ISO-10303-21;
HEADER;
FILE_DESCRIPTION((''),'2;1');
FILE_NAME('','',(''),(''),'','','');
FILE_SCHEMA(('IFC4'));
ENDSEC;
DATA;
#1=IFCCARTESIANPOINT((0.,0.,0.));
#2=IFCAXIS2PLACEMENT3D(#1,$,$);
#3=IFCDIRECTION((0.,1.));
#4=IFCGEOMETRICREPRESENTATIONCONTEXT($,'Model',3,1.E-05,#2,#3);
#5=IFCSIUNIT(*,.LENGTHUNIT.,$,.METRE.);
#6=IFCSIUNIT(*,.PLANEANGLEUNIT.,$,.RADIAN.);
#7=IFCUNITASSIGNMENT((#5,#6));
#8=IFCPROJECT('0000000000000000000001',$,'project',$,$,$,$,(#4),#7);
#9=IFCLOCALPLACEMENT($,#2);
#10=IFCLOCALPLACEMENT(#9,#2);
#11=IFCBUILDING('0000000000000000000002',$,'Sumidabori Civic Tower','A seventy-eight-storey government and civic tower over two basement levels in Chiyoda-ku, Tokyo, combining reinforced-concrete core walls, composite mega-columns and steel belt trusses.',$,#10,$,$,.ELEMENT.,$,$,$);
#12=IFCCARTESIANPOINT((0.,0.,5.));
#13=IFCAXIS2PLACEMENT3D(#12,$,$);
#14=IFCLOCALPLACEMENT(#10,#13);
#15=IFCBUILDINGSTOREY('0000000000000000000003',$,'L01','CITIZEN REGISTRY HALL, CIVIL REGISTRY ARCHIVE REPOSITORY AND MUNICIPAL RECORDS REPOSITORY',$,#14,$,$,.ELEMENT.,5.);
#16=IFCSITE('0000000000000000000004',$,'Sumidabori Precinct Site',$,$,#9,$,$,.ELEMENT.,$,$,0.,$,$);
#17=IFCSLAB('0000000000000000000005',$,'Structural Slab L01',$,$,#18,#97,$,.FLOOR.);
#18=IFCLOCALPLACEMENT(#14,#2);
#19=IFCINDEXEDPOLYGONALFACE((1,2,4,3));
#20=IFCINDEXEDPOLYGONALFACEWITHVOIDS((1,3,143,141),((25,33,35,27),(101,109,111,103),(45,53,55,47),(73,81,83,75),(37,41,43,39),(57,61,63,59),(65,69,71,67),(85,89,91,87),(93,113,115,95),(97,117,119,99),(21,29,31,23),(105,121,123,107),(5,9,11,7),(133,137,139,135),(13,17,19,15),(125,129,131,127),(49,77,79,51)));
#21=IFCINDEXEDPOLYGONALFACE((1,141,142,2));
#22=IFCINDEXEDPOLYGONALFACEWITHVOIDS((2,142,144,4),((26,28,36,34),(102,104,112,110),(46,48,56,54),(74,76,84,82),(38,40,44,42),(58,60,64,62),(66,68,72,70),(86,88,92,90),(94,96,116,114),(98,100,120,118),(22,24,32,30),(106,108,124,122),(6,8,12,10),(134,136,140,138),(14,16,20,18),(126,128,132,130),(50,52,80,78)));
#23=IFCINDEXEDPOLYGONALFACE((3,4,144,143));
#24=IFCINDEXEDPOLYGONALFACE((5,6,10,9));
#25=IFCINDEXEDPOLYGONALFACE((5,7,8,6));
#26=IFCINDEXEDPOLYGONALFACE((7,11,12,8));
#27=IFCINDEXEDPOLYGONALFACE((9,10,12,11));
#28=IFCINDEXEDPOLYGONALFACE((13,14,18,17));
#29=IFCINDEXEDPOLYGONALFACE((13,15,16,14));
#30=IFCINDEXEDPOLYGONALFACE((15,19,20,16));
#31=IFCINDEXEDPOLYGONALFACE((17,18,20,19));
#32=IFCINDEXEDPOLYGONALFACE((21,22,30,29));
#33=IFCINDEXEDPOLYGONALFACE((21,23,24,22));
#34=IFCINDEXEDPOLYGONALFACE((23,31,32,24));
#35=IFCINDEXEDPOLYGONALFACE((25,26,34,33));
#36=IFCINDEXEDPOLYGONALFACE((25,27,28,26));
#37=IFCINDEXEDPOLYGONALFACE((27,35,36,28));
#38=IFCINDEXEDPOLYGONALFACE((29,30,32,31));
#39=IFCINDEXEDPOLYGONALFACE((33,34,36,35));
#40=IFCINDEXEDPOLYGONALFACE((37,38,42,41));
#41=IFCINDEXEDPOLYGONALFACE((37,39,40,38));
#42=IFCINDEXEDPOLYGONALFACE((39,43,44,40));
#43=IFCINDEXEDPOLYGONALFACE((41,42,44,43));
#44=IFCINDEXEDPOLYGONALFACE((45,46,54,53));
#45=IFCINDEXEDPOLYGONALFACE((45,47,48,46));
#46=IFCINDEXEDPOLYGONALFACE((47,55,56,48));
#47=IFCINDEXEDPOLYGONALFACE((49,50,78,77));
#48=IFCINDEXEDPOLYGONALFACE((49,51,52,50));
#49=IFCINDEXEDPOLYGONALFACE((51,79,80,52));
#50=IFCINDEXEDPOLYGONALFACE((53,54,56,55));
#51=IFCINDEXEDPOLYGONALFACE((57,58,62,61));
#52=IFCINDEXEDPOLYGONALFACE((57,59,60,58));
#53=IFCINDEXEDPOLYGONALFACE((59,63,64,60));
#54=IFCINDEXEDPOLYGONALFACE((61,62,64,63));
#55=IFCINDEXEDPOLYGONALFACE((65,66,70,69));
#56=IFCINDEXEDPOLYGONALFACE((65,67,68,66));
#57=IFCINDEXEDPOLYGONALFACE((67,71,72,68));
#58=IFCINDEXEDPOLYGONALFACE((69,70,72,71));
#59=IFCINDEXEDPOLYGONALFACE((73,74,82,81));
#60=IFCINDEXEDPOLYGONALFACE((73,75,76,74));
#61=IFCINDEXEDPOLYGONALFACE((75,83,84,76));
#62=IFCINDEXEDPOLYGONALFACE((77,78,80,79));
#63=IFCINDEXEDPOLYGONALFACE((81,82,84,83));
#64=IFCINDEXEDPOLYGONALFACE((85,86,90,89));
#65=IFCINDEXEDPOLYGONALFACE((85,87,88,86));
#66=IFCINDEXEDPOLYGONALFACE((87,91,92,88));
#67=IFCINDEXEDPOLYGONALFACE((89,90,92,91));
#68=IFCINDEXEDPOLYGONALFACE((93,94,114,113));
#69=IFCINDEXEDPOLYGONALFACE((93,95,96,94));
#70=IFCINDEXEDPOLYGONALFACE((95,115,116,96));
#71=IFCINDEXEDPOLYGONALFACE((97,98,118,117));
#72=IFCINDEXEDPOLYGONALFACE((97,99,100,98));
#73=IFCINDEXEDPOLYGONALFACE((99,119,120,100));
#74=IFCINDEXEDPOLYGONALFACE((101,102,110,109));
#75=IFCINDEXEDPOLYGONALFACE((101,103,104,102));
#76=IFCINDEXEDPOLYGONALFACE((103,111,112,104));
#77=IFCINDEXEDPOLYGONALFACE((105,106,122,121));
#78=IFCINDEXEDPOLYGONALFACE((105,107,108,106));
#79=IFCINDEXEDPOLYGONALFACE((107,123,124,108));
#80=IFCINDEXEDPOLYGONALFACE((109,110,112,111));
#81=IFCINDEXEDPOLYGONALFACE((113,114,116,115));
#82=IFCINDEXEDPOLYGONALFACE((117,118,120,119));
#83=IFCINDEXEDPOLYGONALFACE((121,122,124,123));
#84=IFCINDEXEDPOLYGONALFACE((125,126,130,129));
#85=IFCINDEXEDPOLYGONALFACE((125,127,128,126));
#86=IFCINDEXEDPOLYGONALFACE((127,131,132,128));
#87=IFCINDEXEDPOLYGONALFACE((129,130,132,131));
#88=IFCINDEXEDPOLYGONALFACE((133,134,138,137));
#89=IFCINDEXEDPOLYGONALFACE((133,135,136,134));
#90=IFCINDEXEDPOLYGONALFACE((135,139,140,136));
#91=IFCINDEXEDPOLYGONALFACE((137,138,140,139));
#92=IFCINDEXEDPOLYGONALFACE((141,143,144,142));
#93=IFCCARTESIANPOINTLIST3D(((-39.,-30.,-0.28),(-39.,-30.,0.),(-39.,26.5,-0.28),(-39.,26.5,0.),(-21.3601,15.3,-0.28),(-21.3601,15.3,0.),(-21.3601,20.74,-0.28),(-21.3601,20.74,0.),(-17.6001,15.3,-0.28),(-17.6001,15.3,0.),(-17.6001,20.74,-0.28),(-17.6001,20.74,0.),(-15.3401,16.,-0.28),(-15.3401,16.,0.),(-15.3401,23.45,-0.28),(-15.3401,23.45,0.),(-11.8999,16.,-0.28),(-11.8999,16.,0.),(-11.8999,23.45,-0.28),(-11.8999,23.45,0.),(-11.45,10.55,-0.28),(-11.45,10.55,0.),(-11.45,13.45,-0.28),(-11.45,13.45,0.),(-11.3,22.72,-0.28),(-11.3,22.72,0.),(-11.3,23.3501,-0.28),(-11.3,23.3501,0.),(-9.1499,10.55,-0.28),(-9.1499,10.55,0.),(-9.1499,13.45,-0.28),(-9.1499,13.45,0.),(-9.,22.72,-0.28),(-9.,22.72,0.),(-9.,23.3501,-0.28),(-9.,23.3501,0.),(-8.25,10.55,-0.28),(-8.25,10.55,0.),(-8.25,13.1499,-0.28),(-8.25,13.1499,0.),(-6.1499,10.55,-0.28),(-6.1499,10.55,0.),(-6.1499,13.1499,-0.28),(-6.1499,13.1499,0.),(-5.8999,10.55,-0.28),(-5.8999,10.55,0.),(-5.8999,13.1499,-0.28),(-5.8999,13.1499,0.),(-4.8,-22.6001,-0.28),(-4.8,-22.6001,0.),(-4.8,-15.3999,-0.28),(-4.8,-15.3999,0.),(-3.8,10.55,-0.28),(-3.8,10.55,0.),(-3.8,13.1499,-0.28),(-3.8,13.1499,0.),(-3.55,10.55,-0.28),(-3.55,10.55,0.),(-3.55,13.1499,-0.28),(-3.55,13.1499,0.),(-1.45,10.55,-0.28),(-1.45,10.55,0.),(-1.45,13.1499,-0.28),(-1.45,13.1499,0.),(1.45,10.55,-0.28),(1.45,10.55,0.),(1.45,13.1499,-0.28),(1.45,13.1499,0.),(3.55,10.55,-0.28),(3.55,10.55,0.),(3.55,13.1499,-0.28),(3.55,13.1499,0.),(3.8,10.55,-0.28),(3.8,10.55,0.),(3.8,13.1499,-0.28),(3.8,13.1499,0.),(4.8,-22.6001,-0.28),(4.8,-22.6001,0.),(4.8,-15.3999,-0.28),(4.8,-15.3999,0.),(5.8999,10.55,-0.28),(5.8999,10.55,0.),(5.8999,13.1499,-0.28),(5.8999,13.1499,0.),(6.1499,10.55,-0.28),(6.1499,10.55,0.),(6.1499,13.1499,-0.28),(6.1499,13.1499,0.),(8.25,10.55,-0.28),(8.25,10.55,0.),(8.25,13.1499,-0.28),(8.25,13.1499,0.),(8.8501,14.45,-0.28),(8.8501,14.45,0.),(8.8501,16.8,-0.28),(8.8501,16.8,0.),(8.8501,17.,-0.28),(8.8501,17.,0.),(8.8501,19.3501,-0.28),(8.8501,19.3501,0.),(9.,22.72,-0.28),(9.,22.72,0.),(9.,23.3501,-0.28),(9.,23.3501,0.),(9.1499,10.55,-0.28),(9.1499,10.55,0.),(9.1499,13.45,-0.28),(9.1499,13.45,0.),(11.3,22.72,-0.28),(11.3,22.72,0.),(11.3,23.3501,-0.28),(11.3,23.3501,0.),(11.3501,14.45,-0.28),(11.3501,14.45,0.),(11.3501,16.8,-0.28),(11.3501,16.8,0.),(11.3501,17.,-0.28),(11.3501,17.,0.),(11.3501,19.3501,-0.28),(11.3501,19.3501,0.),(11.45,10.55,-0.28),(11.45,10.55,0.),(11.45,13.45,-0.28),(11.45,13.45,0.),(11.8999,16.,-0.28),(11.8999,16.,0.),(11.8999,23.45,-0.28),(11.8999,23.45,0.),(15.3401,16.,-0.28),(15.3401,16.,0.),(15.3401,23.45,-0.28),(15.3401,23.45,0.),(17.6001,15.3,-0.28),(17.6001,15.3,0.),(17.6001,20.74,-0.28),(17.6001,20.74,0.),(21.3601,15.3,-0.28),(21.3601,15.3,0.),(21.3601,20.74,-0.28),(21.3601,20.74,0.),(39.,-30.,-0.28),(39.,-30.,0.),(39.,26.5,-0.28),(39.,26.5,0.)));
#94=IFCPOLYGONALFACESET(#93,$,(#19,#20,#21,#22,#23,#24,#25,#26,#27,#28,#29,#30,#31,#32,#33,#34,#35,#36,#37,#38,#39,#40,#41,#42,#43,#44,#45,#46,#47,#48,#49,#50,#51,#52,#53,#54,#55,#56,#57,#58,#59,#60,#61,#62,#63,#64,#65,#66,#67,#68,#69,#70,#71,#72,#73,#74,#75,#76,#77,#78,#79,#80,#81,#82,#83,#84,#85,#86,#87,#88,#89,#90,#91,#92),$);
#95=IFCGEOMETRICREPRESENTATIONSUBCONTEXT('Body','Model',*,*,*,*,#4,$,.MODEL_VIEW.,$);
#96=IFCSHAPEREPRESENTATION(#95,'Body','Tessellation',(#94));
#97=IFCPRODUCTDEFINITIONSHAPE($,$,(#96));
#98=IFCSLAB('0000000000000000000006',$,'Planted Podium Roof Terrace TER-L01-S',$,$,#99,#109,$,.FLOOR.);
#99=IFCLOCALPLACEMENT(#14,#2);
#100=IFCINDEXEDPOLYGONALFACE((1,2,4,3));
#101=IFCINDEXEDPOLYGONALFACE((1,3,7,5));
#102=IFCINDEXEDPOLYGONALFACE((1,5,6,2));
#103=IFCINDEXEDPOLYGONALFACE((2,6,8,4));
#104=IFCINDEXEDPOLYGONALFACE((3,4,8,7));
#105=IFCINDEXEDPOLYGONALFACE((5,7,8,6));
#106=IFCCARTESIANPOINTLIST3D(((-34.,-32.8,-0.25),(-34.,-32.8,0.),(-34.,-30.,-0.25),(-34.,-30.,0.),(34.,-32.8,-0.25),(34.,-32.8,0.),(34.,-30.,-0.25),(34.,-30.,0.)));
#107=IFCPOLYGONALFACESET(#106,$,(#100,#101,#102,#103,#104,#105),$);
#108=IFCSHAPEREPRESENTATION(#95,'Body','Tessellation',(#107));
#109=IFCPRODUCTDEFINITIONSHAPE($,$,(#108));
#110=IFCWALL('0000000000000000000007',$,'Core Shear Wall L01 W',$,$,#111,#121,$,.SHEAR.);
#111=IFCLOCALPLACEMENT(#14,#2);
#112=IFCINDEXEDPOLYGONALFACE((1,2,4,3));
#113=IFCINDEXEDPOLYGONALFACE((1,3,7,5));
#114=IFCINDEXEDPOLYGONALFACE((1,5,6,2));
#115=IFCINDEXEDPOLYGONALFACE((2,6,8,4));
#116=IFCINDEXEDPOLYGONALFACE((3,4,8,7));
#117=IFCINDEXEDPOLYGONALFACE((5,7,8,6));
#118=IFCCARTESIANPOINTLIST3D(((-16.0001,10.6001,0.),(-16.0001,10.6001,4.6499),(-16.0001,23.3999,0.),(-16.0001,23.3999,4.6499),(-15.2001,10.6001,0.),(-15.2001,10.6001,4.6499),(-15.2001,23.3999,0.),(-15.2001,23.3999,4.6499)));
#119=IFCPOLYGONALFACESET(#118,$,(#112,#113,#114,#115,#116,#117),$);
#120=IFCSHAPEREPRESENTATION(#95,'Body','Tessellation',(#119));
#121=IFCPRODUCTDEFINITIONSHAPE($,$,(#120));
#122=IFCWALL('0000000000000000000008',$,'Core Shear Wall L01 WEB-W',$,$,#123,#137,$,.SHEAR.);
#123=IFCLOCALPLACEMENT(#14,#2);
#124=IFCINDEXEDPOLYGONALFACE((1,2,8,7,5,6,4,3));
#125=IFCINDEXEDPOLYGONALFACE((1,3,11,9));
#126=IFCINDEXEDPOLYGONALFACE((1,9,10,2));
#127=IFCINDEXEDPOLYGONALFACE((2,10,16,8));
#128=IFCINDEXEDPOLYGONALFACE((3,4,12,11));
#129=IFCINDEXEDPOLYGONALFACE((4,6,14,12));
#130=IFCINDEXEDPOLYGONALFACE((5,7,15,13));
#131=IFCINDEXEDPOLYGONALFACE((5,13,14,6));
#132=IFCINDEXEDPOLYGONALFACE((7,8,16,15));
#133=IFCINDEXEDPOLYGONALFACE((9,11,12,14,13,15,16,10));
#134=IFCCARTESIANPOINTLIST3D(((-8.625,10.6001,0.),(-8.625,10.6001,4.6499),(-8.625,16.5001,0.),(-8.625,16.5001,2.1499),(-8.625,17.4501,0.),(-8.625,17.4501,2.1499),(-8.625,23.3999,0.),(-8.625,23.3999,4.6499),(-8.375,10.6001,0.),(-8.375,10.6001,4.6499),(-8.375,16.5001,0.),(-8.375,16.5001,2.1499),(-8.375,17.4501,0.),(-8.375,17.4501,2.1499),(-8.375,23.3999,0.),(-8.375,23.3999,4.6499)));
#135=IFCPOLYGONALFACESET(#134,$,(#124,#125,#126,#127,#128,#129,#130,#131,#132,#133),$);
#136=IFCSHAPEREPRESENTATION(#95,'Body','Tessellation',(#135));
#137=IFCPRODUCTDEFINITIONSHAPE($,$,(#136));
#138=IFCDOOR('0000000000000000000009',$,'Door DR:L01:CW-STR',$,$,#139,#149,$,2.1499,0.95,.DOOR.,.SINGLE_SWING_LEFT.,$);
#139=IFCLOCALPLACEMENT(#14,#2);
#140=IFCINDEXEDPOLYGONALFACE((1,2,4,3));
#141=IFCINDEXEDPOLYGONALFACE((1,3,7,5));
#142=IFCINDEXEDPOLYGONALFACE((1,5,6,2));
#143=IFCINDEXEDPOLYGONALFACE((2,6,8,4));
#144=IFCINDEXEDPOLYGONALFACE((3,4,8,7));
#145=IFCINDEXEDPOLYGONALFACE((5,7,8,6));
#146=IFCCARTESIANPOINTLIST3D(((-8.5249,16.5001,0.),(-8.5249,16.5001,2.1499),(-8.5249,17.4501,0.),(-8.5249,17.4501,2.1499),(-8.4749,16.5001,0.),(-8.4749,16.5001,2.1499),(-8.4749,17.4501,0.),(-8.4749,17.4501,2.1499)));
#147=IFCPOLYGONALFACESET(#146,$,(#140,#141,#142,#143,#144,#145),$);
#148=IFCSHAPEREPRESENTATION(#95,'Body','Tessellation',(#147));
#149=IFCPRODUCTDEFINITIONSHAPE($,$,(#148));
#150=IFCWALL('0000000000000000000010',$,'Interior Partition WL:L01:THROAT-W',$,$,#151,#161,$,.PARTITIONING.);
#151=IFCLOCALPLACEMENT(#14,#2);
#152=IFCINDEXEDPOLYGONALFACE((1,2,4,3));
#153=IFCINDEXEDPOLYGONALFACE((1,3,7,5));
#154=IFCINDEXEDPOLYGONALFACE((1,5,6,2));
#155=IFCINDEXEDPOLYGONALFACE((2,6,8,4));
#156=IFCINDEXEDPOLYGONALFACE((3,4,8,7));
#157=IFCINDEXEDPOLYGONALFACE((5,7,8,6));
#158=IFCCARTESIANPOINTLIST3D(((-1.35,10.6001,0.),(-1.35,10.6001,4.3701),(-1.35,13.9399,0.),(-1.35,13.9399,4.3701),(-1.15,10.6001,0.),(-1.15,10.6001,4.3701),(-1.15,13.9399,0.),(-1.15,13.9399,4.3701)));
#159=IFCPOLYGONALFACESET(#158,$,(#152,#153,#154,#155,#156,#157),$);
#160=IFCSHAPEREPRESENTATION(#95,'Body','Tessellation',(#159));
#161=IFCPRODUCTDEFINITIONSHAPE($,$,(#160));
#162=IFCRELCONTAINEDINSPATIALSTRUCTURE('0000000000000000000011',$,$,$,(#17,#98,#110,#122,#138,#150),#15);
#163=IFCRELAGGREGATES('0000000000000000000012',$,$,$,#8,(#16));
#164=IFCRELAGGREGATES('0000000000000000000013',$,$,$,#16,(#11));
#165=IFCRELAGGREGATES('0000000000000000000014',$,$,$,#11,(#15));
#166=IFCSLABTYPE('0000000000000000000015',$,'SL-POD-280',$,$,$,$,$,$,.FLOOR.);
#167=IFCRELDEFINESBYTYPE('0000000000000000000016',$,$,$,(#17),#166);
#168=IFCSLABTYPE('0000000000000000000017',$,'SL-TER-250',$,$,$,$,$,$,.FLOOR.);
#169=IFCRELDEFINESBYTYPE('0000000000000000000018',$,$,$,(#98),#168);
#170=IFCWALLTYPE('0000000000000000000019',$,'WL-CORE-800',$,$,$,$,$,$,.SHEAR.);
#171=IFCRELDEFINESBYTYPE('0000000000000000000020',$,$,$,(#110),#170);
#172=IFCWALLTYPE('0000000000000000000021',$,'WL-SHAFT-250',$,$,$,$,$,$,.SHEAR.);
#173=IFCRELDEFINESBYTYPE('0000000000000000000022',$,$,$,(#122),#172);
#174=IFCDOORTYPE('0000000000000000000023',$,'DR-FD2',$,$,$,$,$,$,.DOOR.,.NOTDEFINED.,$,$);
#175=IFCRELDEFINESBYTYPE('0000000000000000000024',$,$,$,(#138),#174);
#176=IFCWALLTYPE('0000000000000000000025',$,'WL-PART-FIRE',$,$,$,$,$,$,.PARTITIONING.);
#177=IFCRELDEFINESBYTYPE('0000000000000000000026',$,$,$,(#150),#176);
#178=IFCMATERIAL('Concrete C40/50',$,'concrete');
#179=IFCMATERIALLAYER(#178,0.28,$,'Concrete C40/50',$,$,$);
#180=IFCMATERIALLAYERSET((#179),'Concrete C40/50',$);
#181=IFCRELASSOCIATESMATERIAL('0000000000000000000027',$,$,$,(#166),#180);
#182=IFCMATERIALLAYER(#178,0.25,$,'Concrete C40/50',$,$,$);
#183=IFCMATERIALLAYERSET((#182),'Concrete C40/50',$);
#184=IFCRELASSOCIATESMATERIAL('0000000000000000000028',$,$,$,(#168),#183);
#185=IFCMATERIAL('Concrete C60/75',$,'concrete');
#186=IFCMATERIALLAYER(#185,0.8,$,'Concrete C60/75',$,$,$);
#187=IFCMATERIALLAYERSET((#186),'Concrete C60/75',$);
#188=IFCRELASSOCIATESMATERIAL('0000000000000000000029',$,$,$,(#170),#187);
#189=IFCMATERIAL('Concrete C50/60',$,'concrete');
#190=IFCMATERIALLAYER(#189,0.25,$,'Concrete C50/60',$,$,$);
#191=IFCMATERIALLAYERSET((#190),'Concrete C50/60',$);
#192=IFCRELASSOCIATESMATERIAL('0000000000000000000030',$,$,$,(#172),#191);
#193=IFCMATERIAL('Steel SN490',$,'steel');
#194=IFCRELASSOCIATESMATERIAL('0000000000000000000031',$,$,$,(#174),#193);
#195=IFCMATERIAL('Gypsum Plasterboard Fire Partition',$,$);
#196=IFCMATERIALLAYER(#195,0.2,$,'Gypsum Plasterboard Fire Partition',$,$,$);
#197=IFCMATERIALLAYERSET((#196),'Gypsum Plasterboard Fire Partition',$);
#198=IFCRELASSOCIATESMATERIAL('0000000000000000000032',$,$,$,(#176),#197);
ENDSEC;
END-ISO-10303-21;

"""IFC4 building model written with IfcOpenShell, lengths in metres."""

from ifc_helpers import new_model, si_unit, direction, frame, frame_2d, origin, place, context, subcontext, project, spatial, polyline, rectangle, outline, extrude, source, transform, mapped, material, layer, layer_set, type_object, element, fill, save


model = new_model("IFC4")

# Units and contexts
model_context = context("Model", 3, precision=1e-05, world=origin(), true_north=direction((0.0, 1.0)))
body_context = subcontext(model_context, "Body", "Model", "MODEL_VIEW")
ifc_project = project(units=[si_unit("LENGTHUNIT", "METRE"), si_unit("PLANEANGLEUNIT", "RADIAN")], contexts=[model_context])

# Site, building, storey
site_placement = place(None, origin())
site = spatial("IfcSite", under=ifc_project, at=site_placement, Name="Sumidabori Precinct Site", CompositionType="ELEMENT", RefElevation=0.0)
building_placement = place(site_placement, origin())
building = spatial("IfcBuilding", under=site, at=building_placement, Name="Sumidabori Civic Tower", Description="A seventy-eight-storey government and civic tower over two basement levels in Chiyoda-ku, Tokyo, combining reinforced-concrete core walls, composite mega-columns and steel belt trusses.", CompositionType="ELEMENT")
storey_placement = place(building_placement, frame((0.0, 0.0, 5.0)))
storey = spatial("IfcBuildingStorey", under=building, at=storey_placement, Name="L01", Description="CITIZEN REGISTRY HALL, CIVIL REGISTRY ARCHIVE REPOSITORY AND MUNICIPAL RECORDS REPOSITORY", CompositionType="ELEMENT", Elevation=5.0)

# Shared definitions
ifc_material_1 = material(Name="Concrete C50/60", Category="concrete")

# Shared definitions
ifc_material_2 = material(Name="Steel SN490", Category="steel")

# Slabs
ifc_material_3 = material(Name="Concrete C40/50", Category="concrete")
ifc_layer_1 = layer(ifc_material_3, 0.28, Name="Concrete C40/50")
ifc_layer_set_1 = layer_set([ifc_layer_1], Name="Concrete C40/50")
slab_type_1 = type_object("IfcSlabType", Name="SL-POD-280", PredefinedType="FLOOR", material=ifc_layer_set_1)
slab_1_placement = place(storey_placement, frame((0.0, 0.0, -0.28)))
element("IfcSlab", 1, at=slab_1_placement, inside=storey, type_object=slab_type_1, Name="Structural Slab L01", PredefinedType="FLOOR", context=body_context, shape_type="SweptSolid", body=[
    extrude(outline(polyline([(-39.0, -30.0), (39.0, -30.0), (39.0, 26.5), (-39.0, 26.5), (-39.0, -30.0)]), holes=[polyline([(-11.8999, 16.0), (-11.8999, 23.45), (-15.3401, 23.45), (-15.3401, 16.0), (-11.8999, 16.0)]), polyline([(15.3401, 16.0), (15.3401, 23.45), (11.8999, 23.45), (11.8999, 16.0), (15.3401, 16.0)]), polyline([(-17.6001, 15.3), (-17.6001, 20.74), (-21.3601, 20.74), (-21.3601, 15.3), (-17.6001, 15.3)]), polyline([(21.3601, 15.3), (21.3601, 20.74), (17.6001, 20.74), (17.6001, 15.3), (21.3601, 15.3)]), polyline([(-11.45, 10.55), (-9.1499, 10.55), (-9.1499, 13.45), (-11.45, 13.45), (-11.45, 10.55)]), polyline([(9.1499, 10.55), (11.45, 10.55), (11.45, 13.45), (9.1499, 13.45), (9.1499, 10.55)]), polyline([(-8.25, 10.55), (-6.1499, 10.55), (-6.1499, 13.1499), (-8.25, 13.1499), (-8.25, 10.55)]), polyline([(-5.8999, 10.55), (-3.8, 10.55), (-3.8, 13.1499), (-5.8999, 13.1499), (-5.8999, 10.55)]), polyline([(-3.55, 10.55), (-1.45, 10.55), (-1.45, 13.1499), (-3.55, 13.1499), (-3.55, 10.55)]), polyline([(1.45, 10.55), (3.55, 10.55), (3.55, 13.1499), (1.45, 13.1499), (1.45, 10.55)]), polyline([(3.8, 10.55), (5.8999, 10.55), (5.8999, 13.1499), (3.8, 13.1499), (3.8, 10.55)]), polyline([(6.1499, 10.55), (8.25, 10.55), (8.25, 13.1499), (6.1499, 13.1499), (6.1499, 10.55)]), polyline([(8.8501, 14.45), (11.3501, 14.45), (11.3501, 16.8), (8.8501, 16.8), (8.8501, 14.45)]), polyline([(8.8501, 17.0), (11.3501, 17.0), (11.3501, 19.3501), (8.8501, 19.3501), (8.8501, 17.0)]), polyline([(-11.3, 22.72), (-9.0, 22.72), (-9.0, 23.3501), (-11.3, 23.3501), (-11.3, 22.72)]), polyline([(9.0, 22.72), (11.3, 22.72), (11.3, 23.3501), (9.0, 23.3501), (9.0, 22.72)]), polyline([(-4.8, -22.6001), (4.8, -22.6001), (4.8, -15.3999), (-4.8, -15.3999), (-4.8, -22.6001)])]), origin(), (0.0, 0.0, 1.0), 0.28),
])
ifc_layer_2 = layer(ifc_material_3, 0.25, Name="Concrete C40/50")
ifc_layer_set_2 = layer_set([ifc_layer_2], Name="Concrete C40/50")
slab_type_2 = type_object("IfcSlabType", Name="SL-TER-250", PredefinedType="FLOOR", material=ifc_layer_set_2)
slab_2_placement = place(storey_placement, frame((0.0, 0.0, -0.25)))
element("IfcSlab", 2, at=slab_2_placement, inside=storey, type_object=slab_type_2, Name="Planted Podium Roof Terrace TER-L01-S", PredefinedType="FLOOR", context=body_context, shape_type="SweptSolid", body=[
    extrude(outline(polyline([(-34.0, -32.8), (34.0, -32.8), (34.0, -30.0), (-34.0, -30.0), (-34.0, -32.8)])), origin(), (0.0, 0.0, 1.0), 0.25),
])

# Shared definitions
ifc_material_4 = material(Name="Concrete C60/75", Category="concrete")
ifc_layer_3 = layer(ifc_material_4, 0.8, Name="Concrete C60/75")
ifc_layer_set_3 = layer_set([ifc_layer_3], Name="Concrete C60/75")
wall_type_1 = type_object("IfcWallType", Name="WL-CORE-800", PredefinedType="SHEAR", material=ifc_layer_set_3)

# Wall
shared_shape_1 = source(origin(), body_context, "Body", "SweptSolid", [
    extrude(rectangle(XDim=12.7998, YDim=0.8, at=frame_2d((6.3999, 0.0))), origin(), (0.0, 0.0, 1.0), 4.6499),
])
wall_1_placement = place(storey_placement, frame((-15.6001, 10.6001, 0.0), z_axis=(0.0, 0.0, 1.0), x_axis=(0.0, 1.0, 0.0)))
element("IfcWall", 3, at=wall_1_placement, inside=storey, type_object=wall_type_1, Name="Core Shear Wall L01 W", PredefinedType="SHEAR", context=body_context, shape_type="MappedRepresentation", body=[
    mapped(shared_shape_1, transform((0.0, 0.0, 0.0), x_axis=(1.0, 0.0, 0.0), y_axis=(0.0, 1.0, 0.0), z_axis=(0.0, 0.0, 1.0), scale=1.0)),
])

# Wall, opening, door
ifc_layer_4 = layer(ifc_material_1, 0.25, Name="Concrete C50/60")
ifc_layer_set_4 = layer_set([ifc_layer_4], Name="Concrete C50/60")
wall_type_2 = type_object("IfcWallType", Name="WL-SHAFT-250", PredefinedType="SHEAR", material=ifc_layer_set_4)
shared_shape_2 = source(origin(), body_context, "Body", "SweptSolid", [
    extrude(rectangle(XDim=12.7998, YDim=0.25, at=frame_2d((6.3999, 0.0))), origin(), (0.0, 0.0, 1.0), 4.6499),
])
wall_2_placement = place(storey_placement, frame((-8.5, 10.6001, 0.0), z_axis=(0.0, 0.0, 1.0), x_axis=(0.0, 1.0, 0.0)))
wall_2 = element("IfcWall", 4, at=wall_2_placement, inside=storey, type_object=wall_type_2, Name="Core Shear Wall L01 WEB-W", PredefinedType="SHEAR", context=body_context, shape_type="MappedRepresentation", body=[
    mapped(shared_shape_2, transform((0.0, 0.0, 0.0), x_axis=(1.0, 0.0, 0.0), y_axis=(0.0, 1.0, 0.0), z_axis=(0.0, 0.0, 1.0), scale=1.0)),
])
opening_1_placement = place(wall_2_placement, frame((5.8999, 0.0, 0.0)))
opening_1 = element("IfcOpeningElement", 5, at=opening_1_placement, cuts=wall_2, PredefinedType="OPENING", context=body_context, shape_type="SweptSolid", body=[
    extrude(rectangle(XDim=0.95, YDim=2.1499, at=frame_2d((0.4751, 1.075))), frame((0.0, 0.137, 0.0), z_axis=(0.0, -1.0, 0.0), x_axis=(1.0, 0.0, 0.0)), (0.0, 0.0, 1.0), 0.2739),
])
door_type_1 = type_object("IfcDoorType", Name="DR-FD2", OperationType="NOTDEFINED", PredefinedType="DOOR", material=ifc_material_2)
shared_shape_3 = source(origin(), body_context, "Body", "SweptSolid", [
    extrude(rectangle(XDim=0.95, YDim=2.1499, at=frame_2d((0.4751, 1.075))), frame((0.0, 0.0249, 0.0), z_axis=(0.0, -1.0, 0.0), x_axis=(1.0, 0.0, 0.0)), (0.0, 0.0, 1.0), 0.05),
])
door_1_placement = place(opening_1_placement, origin())
door_1 = element("IfcDoor", 6, at=door_1_placement, inside=storey, type_object=door_type_1, Name="Door DR:L01:CW-STR", OperationType="SINGLE_SWING_LEFT", OverallHeight=2.1499, OverallWidth=0.95, PredefinedType="DOOR", context=body_context, shape_type="MappedRepresentation", body=[
    mapped(shared_shape_3, transform((0.0, 0.0, 0.0), x_axis=(1.0, 0.0, 0.0), y_axis=(0.0, 1.0, 0.0), z_axis=(0.0, 0.0, 1.0), scale=1.0)),
])
fill(opening_1, door_1)

# Wall
ifc_material_5 = material(Name="Gypsum Plasterboard Fire Partition")
ifc_layer_5 = layer(ifc_material_5, 0.2, Name="Gypsum Plasterboard Fire Partition")
ifc_layer_set_5 = layer_set([ifc_layer_5], Name="Gypsum Plasterboard Fire Partition")
wall_type_3 = type_object("IfcWallType", Name="WL-PART-FIRE", PredefinedType="PARTITIONING", material=ifc_layer_set_5)
shared_shape_4 = source(origin(), body_context, "Body", "SweptSolid", [
    extrude(rectangle(XDim=3.3398, YDim=0.2, at=frame_2d((1.6699, 0.0))), origin(), (0.0, 0.0, 1.0), 4.3701),
])
wall_3_placement = place(storey_placement, frame((-1.25, 10.6001, 0.0), z_axis=(0.0, 0.0, 1.0), x_axis=(0.0, 1.0, 0.0)))
element("IfcWall", 7, at=wall_3_placement, inside=storey, type_object=wall_type_3, Name="Interior Partition WL:L01:THROAT-W", PredefinedType="PARTITIONING", context=body_context, shape_type="MappedRepresentation", body=[
    mapped(shared_shape_4, transform((0.0, 0.0, 0.0), x_axis=(1.0, 0.0, 0.0), y_axis=(0.0, 1.0, 0.0), z_axis=(0.0, 0.0, 1.0), scale=1.0)),
])

save(model, "model.ifc")
